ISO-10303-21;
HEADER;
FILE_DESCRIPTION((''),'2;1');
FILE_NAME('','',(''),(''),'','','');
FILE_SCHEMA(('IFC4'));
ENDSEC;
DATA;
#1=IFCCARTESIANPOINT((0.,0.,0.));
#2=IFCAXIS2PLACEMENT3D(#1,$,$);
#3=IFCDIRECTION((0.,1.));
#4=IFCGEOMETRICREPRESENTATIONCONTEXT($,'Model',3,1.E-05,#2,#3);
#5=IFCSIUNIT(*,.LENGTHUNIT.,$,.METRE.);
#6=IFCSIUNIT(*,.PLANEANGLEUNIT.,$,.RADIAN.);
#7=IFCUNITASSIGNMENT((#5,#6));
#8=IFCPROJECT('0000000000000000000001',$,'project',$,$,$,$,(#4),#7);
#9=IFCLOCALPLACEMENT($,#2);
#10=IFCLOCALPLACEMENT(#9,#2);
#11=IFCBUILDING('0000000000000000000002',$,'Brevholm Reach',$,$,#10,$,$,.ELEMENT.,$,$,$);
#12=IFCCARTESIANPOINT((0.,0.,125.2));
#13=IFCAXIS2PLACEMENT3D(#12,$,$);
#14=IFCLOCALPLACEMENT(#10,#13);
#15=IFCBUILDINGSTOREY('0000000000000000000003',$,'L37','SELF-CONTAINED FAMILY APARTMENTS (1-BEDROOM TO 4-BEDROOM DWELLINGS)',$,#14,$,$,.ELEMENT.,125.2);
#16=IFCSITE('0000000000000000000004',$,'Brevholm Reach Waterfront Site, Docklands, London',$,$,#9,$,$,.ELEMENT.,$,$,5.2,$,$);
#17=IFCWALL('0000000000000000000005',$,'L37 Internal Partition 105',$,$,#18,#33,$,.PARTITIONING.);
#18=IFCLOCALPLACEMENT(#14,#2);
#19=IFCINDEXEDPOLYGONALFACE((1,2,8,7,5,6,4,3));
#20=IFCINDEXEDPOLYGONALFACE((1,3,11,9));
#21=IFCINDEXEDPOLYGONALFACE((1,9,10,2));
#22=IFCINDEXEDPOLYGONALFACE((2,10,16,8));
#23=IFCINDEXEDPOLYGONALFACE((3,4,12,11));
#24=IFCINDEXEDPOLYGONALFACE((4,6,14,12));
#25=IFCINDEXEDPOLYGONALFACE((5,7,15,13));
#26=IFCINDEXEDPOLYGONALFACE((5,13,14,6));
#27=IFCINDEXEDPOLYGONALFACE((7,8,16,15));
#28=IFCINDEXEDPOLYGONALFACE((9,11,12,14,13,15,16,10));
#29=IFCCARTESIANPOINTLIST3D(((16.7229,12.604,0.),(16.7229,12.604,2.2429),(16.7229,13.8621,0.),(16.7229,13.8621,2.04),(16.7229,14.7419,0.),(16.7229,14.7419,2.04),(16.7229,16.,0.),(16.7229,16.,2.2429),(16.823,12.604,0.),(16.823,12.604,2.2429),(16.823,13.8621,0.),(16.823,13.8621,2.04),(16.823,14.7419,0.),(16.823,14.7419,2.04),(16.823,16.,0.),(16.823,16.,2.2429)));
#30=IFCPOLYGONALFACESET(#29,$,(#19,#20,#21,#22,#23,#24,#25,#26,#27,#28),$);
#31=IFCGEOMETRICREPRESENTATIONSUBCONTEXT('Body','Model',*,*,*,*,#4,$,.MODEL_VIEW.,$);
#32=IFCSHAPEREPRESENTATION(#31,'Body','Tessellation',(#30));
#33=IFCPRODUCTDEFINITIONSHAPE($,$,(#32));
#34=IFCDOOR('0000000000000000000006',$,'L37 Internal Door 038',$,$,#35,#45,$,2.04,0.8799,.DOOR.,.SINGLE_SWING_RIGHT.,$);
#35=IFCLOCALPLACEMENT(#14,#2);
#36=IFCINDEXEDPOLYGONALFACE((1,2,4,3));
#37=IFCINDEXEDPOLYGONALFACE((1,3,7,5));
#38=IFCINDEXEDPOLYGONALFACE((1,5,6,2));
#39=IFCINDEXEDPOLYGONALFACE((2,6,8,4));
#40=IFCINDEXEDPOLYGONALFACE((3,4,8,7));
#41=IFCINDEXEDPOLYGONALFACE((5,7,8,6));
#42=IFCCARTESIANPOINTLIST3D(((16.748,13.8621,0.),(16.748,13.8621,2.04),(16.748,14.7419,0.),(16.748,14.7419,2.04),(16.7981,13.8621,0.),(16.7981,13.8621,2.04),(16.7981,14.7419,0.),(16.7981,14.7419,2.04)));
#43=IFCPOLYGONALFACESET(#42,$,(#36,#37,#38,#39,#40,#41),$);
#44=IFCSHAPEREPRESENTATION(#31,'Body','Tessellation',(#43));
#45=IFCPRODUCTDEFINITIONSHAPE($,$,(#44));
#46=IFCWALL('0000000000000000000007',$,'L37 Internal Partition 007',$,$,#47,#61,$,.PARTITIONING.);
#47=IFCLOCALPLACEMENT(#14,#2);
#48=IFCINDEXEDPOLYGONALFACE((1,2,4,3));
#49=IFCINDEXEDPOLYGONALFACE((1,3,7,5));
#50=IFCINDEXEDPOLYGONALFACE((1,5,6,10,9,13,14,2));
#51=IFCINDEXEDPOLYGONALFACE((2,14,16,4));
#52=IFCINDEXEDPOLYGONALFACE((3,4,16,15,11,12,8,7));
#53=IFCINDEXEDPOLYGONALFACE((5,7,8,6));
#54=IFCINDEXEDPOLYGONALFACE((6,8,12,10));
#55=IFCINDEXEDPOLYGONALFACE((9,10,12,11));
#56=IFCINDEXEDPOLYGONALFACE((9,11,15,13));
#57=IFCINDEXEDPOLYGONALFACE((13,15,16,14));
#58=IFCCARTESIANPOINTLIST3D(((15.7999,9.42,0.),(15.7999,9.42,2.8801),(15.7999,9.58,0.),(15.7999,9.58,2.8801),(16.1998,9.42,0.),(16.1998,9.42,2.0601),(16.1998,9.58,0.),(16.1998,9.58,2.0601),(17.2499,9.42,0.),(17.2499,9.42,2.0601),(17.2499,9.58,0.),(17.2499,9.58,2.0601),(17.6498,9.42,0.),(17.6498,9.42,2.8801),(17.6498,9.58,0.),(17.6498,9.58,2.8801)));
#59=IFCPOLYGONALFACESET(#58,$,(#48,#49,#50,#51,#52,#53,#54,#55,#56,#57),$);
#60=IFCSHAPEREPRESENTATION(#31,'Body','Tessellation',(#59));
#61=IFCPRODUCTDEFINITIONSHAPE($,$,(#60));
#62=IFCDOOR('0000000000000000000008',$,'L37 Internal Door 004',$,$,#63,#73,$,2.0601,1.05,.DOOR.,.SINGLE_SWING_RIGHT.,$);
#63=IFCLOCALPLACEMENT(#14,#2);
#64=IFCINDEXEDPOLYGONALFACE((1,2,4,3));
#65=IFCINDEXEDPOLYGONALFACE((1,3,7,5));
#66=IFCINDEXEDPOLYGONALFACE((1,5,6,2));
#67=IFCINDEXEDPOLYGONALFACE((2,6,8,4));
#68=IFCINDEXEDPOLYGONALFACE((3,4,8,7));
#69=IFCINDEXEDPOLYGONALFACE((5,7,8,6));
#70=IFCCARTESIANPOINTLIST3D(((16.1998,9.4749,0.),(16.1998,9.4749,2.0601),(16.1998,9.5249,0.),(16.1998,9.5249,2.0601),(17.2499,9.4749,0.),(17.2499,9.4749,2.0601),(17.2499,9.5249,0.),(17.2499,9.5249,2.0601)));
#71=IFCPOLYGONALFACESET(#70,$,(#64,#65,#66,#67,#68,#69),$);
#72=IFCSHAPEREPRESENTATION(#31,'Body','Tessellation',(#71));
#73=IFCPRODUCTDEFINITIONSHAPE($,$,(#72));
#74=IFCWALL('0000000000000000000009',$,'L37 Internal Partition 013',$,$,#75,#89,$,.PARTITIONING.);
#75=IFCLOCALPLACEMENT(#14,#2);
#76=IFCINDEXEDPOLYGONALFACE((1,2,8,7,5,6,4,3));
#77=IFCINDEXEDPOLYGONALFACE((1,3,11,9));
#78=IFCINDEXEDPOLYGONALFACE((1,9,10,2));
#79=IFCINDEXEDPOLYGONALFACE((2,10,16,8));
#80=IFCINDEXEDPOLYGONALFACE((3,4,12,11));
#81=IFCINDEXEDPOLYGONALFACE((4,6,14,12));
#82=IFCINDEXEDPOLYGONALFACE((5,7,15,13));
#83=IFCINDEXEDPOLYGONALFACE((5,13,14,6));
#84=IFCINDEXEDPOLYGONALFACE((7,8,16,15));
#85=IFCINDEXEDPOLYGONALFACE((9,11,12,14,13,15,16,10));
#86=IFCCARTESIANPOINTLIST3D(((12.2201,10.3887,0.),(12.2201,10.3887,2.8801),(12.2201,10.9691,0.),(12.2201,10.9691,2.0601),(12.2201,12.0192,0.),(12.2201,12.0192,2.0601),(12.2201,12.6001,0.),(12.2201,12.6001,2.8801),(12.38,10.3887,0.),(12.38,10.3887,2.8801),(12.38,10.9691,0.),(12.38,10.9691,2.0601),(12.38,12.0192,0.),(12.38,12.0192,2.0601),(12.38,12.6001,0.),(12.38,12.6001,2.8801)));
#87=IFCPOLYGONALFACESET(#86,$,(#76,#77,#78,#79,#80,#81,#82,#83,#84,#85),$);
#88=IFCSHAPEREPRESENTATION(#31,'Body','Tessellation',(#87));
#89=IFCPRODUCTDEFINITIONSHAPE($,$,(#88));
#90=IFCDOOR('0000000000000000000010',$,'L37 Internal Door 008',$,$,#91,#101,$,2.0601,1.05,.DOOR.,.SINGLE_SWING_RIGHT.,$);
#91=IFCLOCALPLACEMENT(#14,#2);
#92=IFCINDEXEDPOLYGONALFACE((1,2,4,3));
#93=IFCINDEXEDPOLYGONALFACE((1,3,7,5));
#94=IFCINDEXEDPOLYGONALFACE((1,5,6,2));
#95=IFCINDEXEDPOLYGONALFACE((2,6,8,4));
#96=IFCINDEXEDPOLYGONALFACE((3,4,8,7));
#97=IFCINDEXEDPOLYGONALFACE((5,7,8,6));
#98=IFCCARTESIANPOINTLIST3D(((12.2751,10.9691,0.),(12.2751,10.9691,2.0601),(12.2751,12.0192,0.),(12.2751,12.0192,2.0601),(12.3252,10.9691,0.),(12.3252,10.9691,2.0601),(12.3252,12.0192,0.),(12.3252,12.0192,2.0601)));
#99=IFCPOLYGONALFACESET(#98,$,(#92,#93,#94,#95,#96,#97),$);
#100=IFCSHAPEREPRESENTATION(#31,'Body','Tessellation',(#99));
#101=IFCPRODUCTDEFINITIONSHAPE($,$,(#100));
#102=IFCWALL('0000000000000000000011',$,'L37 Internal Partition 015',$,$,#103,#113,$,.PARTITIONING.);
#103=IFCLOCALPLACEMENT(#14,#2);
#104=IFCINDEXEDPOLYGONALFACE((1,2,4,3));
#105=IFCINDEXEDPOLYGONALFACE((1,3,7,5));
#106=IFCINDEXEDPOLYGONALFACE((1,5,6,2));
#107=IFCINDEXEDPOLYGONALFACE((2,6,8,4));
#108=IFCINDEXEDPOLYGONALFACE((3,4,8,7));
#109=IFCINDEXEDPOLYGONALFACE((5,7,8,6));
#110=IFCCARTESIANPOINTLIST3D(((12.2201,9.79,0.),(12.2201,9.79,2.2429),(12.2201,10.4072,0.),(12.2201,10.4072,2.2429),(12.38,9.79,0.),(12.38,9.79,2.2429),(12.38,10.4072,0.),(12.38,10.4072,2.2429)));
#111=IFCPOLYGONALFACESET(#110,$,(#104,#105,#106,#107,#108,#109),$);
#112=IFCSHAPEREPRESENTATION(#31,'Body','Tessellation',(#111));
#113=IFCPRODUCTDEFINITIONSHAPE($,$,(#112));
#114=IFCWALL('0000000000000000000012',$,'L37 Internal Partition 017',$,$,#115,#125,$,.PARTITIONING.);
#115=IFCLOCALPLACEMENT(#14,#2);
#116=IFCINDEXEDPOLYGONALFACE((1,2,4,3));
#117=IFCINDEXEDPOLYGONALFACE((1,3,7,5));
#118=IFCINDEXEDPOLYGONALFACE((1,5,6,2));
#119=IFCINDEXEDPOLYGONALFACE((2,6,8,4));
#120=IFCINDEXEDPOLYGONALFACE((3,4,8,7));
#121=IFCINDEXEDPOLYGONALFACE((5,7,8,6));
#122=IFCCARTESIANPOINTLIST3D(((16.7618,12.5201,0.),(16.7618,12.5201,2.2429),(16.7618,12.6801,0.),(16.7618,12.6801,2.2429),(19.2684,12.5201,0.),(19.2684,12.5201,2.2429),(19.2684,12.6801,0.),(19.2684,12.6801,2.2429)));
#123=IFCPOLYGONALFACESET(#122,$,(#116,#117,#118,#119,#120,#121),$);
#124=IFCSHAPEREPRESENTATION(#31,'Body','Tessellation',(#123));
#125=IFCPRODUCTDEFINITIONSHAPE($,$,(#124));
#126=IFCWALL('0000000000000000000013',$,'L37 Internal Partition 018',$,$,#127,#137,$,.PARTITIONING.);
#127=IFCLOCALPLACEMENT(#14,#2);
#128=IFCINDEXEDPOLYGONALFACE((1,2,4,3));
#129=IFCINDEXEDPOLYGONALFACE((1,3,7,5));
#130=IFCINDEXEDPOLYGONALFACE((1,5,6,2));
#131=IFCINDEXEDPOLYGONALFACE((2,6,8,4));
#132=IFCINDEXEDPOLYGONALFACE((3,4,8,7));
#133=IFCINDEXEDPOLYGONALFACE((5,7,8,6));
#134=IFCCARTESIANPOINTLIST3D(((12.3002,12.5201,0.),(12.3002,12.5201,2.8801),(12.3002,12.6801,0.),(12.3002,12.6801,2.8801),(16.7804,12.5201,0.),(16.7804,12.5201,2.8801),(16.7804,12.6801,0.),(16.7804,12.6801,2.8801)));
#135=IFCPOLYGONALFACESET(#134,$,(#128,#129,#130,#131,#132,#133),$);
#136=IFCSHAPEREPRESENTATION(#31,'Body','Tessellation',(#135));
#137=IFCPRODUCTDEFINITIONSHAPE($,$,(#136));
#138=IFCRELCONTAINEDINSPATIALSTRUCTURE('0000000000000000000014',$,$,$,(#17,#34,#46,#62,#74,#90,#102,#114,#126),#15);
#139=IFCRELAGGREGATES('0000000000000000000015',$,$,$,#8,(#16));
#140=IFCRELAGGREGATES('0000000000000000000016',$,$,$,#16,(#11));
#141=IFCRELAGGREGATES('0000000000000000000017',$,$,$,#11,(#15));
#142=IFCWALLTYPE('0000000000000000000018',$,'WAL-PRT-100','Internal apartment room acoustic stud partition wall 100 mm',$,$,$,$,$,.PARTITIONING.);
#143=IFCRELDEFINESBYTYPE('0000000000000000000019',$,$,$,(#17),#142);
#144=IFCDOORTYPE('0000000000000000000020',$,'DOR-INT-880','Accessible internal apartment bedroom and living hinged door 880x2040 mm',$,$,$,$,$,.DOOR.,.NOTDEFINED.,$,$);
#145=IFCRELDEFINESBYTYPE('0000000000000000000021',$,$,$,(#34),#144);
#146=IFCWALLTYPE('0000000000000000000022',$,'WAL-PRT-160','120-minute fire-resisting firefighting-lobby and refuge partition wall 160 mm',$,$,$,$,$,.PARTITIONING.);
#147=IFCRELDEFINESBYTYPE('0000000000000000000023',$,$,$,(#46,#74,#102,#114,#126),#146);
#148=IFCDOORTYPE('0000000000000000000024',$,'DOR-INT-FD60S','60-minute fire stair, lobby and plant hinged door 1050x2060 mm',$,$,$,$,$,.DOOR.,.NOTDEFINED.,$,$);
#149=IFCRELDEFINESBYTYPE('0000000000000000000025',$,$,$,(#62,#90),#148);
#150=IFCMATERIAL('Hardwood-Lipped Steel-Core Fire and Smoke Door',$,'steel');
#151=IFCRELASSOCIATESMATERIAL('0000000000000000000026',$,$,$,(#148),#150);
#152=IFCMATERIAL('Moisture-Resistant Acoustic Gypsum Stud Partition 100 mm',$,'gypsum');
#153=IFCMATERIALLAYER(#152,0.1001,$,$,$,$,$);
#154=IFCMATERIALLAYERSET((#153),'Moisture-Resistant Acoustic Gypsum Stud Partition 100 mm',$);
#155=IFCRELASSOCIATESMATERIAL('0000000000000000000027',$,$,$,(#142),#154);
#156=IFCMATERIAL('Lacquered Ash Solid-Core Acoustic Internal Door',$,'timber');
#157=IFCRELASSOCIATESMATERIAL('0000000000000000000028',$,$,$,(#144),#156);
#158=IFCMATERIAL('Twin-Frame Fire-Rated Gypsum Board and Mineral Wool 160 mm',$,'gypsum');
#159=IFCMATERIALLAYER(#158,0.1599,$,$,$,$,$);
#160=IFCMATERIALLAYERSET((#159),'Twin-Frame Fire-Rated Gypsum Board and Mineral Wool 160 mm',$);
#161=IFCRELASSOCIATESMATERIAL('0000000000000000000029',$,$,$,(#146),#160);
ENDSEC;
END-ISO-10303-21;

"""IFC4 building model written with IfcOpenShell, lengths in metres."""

from ifc_helpers import new_model, si_unit, direction, frame, frame_2d, origin, place, context, subcontext, project, spatial, rectangle, extrude, material, layer, layer_set, type_object, element, fill, save


model = new_model("IFC4")

# Units and contexts
model_context = context("Model", 3, precision=1e-05, world=origin(), true_north=direction((0.0, 1.0)))
body_context = subcontext(model_context, "Body", "Model", "MODEL_VIEW")
ifc_project = project(units=[si_unit("LENGTHUNIT", "METRE"), si_unit("PLANEANGLEUNIT", "RADIAN")], contexts=[model_context])

# Site, building, storey
site_placement = place(None, origin())
site = spatial("IfcSite", under=ifc_project, at=site_placement, Name="Brevholm Reach Waterfront Site, Docklands, London", CompositionType="ELEMENT", RefElevation=5.2)
building_placement = place(site_placement, origin())
building = spatial("IfcBuilding", under=site, at=building_placement, Name="Brevholm Reach", CompositionType="ELEMENT")
storey_placement = place(building_placement, frame((0.0, 0.0, 125.2)))
storey = spatial("IfcBuildingStorey", under=building, at=storey_placement, Name="L37", Description="SELF-CONTAINED FAMILY APARTMENTS (1-BEDROOM TO 4-BEDROOM DWELLINGS)", CompositionType="ELEMENT", Elevation=125.2)

# Walls, openings, doors
ifc_material_1 = material(Name="Hardwood-Lipped Steel-Core Fire and Smoke Door", Category="steel")
door_type_1 = type_object("IfcDoorType", Name="DOR-INT-FD60S", Description="60-minute fire stair, lobby and plant hinged door 1050x2060 mm", OperationType="NOTDEFINED", PredefinedType="DOOR", material=ifc_material_1)
ifc_material_2 = material(Name="Moisture-Resistant Acoustic Gypsum Stud Partition 100 mm", Category="gypsum")
ifc_layer_1 = layer(ifc_material_2, 0.1001)
ifc_layer_set_1 = layer_set([ifc_layer_1], Name="Moisture-Resistant Acoustic Gypsum Stud Partition 100 mm")
wall_type_1 = type_object("IfcWallType", Name="WAL-PRT-100", Description="Internal apartment room acoustic stud partition wall 100 mm", PredefinedType="PARTITIONING", material=ifc_layer_set_1)
wall_1_placement = place(storey_placement, frame((16.7729, 12.604, 0.0), z_axis=(0.0, 0.0, 1.0), x_axis=(0.0, 1.0, 0.0)))
wall_1 = element("IfcWall", 1, at=wall_1_placement, inside=storey, type_object=wall_type_1, Name="L37 Internal Partition 105", PredefinedType="PARTITIONING", context=body_context, shape_type="SweptSolid", body=[
    extrude(rectangle(XDim=3.396, YDim=0.1001, at=frame_2d((1.698, 0.0))), origin(), (0.0, 0.0, 1.0), 2.2429),
])
opening_1_placement = place(wall_1_placement, frame((1.2581, 0.0, 0.0)))
opening_1 = element("IfcOpeningElement", 2, at=opening_1_placement, cuts=wall_1, PredefinedType="OPENING", context=body_context, shape_type="SweptSolid", body=[
    extrude(rectangle(XDim=0.8799, YDim=2.04, at=frame_2d((0.4399, 1.02))), frame((0.0, 0.0601, 0.0), z_axis=(0.0, -1.0, 0.0), x_axis=(1.0, 0.0, 0.0)), (0.0, 0.0, 1.0), 0.1201),
])
ifc_material_3 = material(Name="Lacquered Ash Solid-Core Acoustic Internal Door", Category="timber")
door_type_2 = type_object("IfcDoorType", Name="DOR-INT-880", Description="Accessible internal apartment bedroom and living hinged door 880x2040 mm", OperationType="NOTDEFINED", PredefinedType="DOOR", material=ifc_material_3)
door_1_placement = place(opening_1_placement, origin())
door_1 = element("IfcDoor", 3, at=door_1_placement, inside=storey, type_object=door_type_2, Name="L37 Internal Door 038", OperationType="SINGLE_SWING_RIGHT", OverallHeight=2.04, OverallWidth=0.8799, PredefinedType="DOOR", context=body_context, shape_type="SweptSolid", body=[
    extrude(rectangle(XDim=0.8799, YDim=2.04, at=frame_2d((0.4399, 1.02))), frame((0.0, 0.0249, 0.0), z_axis=(0.0, -1.0, 0.0), x_axis=(1.0, 0.0, 0.0)), (0.0, 0.0, 1.0), 0.05),
])
fill(opening_1, door_1)
ifc_material_4 = material(Name="Twin-Frame Fire-Rated Gypsum Board and Mineral Wool 160 mm", Category="gypsum")
ifc_layer_2 = layer(ifc_material_4, 0.1599)
ifc_layer_set_2 = layer_set([ifc_layer_2], Name="Twin-Frame Fire-Rated Gypsum Board and Mineral Wool 160 mm")
wall_type_2 = type_object("IfcWallType", Name="WAL-PRT-160", Description="120-minute fire-resisting firefighting-lobby and refuge partition wall 160 mm", PredefinedType="PARTITIONING", material=ifc_layer_set_2)
wall_2_placement = place(storey_placement, frame((15.8, 9.5, 0.0), z_axis=(0.0, 0.0, 1.0), x_axis=(1.0, 0.0, 0.0)))
wall_2 = element("IfcWall", 4, at=wall_2_placement, inside=storey, type_object=wall_type_2, Name="L37 Internal Partition 007", PredefinedType="PARTITIONING", context=body_context, shape_type="SweptSolid", body=[
    extrude(rectangle(XDim=1.8499, YDim=0.1599, at=frame_2d((0.9248, 0.0))), origin(), (0.0, 0.0, 1.0), 2.8801),
])
opening_2_placement = place(wall_2_placement, frame((0.3999, 0.0, 0.0)))
opening_2 = element("IfcOpeningElement", 5, at=opening_2_placement, cuts=wall_2, PredefinedType="OPENING", context=body_context, shape_type="SweptSolid", body=[
    extrude(rectangle(XDim=1.05, YDim=2.0601, at=frame_2d((0.5249, 1.03))), frame((0.0, 0.0898, 0.0), z_axis=(0.0, -1.0, 0.0), x_axis=(1.0, 0.0, 0.0)), (0.0, 0.0, 1.0), 0.1799),
])
door_2_placement = place(opening_2_placement, origin())
door_2 = element("IfcDoor", 6, at=door_2_placement, inside=storey, type_object=door_type_1, Name="L37 Internal Door 004", OperationType="SINGLE_SWING_RIGHT", OverallHeight=2.0601, OverallWidth=1.05, PredefinedType="DOOR", context=body_context, shape_type="SweptSolid", body=[
    extrude(rectangle(XDim=1.05, YDim=2.0601, at=frame_2d((0.5249, 1.03))), frame((0.0, 0.0249, 0.0), z_axis=(0.0, -1.0, 0.0), x_axis=(1.0, 0.0, 0.0)), (0.0, 0.0, 1.0), 0.05),
])
fill(opening_2, door_2)
wall_3_placement = place(storey_placement, frame((12.3, 10.3887, 0.0), z_axis=(0.0, 0.0, 1.0), x_axis=(0.0, 1.0, 0.0)))
wall_3 = element("IfcWall", 7, at=wall_3_placement, inside=storey, type_object=wall_type_2, Name="L37 Internal Partition 013", PredefinedType="PARTITIONING", context=body_context, shape_type="SweptSolid", body=[
    extrude(rectangle(XDim=2.2114, YDim=0.1599, at=frame_2d((1.1057, 0.0))), origin(), (0.0, 0.0, 1.0), 2.8801),
])
opening_3_placement = place(wall_3_placement, frame((0.5806, 0.0, 0.0)))
opening_3 = element("IfcOpeningElement", 8, at=opening_3_placement, cuts=wall_3, PredefinedType="OPENING", context=body_context, shape_type="SweptSolid", body=[
    extrude(rectangle(XDim=1.05, YDim=2.0601, at=frame_2d((0.5249, 1.03))), frame((0.0, 0.0898, 0.0), z_axis=(0.0, -1.0, 0.0), x_axis=(1.0, 0.0, 0.0)), (0.0, 0.0, 1.0), 0.1799),
])
door_3_placement = place(opening_3_placement, origin())
door_3 = element("IfcDoor", 9, at=door_3_placement, inside=storey, type_object=door_type_1, Name="L37 Internal Door 008", OperationType="SINGLE_SWING_RIGHT", OverallHeight=2.0601, OverallWidth=1.05, PredefinedType="DOOR", context=body_context, shape_type="SweptSolid", body=[
    extrude(rectangle(XDim=1.05, YDim=2.0601, at=frame_2d((0.5249, 1.03))), frame((0.0, 0.0249, 0.0), z_axis=(0.0, -1.0, 0.0), x_axis=(1.0, 0.0, 0.0)), (0.0, 0.0, 1.0), 0.05),
])
fill(opening_3, door_3)

# Walls
wall_4_placement = place(storey_placement, frame((12.3, 9.79, 0.0), z_axis=(0.0, 0.0, 1.0), x_axis=(0.0, 1.0, 0.0)))
element("IfcWall", 10, at=wall_4_placement, inside=storey, type_object=wall_type_2, Name="L37 Internal Partition 015", PredefinedType="PARTITIONING", context=body_context, shape_type="SweptSolid", body=[
    extrude(rectangle(XDim=0.6172, YDim=0.1599, at=frame_2d((0.3086, 0.0))), origin(), (0.0, 0.0, 1.0), 2.2429),
])
wall_5_placement = place(storey_placement, frame((16.7617, 12.6001, 0.0), z_axis=(0.0, 0.0, 1.0), x_axis=(1.0, 0.0, 0.0)))
element("IfcWall", 11, at=wall_5_placement, inside=storey, type_object=wall_type_2, Name="L37 Internal Partition 017", PredefinedType="PARTITIONING", context=body_context, shape_type="SweptSolid", body=[
    extrude(rectangle(XDim=2.5066, YDim=0.1599, at=frame_2d((1.2534, 0.0))), origin(), (0.0, 0.0, 1.0), 2.2429),
])
wall_6_placement = place(storey_placement, frame((12.3, 12.6001, 0.0), z_axis=(0.0, 0.0, 1.0), x_axis=(1.0, 0.0, 0.0)))
element("IfcWall", 12, at=wall_6_placement, inside=storey, type_object=wall_type_2, Name="L37 Internal Partition 018", PredefinedType="PARTITIONING", context=body_context, shape_type="SweptSolid", body=[
    extrude(rectangle(XDim=4.4802, YDim=0.1599, at=frame_2d((2.2402, 0.0))), origin(), (0.0, 0.0, 1.0), 2.8801),
])

save(model, "model.ifc")
